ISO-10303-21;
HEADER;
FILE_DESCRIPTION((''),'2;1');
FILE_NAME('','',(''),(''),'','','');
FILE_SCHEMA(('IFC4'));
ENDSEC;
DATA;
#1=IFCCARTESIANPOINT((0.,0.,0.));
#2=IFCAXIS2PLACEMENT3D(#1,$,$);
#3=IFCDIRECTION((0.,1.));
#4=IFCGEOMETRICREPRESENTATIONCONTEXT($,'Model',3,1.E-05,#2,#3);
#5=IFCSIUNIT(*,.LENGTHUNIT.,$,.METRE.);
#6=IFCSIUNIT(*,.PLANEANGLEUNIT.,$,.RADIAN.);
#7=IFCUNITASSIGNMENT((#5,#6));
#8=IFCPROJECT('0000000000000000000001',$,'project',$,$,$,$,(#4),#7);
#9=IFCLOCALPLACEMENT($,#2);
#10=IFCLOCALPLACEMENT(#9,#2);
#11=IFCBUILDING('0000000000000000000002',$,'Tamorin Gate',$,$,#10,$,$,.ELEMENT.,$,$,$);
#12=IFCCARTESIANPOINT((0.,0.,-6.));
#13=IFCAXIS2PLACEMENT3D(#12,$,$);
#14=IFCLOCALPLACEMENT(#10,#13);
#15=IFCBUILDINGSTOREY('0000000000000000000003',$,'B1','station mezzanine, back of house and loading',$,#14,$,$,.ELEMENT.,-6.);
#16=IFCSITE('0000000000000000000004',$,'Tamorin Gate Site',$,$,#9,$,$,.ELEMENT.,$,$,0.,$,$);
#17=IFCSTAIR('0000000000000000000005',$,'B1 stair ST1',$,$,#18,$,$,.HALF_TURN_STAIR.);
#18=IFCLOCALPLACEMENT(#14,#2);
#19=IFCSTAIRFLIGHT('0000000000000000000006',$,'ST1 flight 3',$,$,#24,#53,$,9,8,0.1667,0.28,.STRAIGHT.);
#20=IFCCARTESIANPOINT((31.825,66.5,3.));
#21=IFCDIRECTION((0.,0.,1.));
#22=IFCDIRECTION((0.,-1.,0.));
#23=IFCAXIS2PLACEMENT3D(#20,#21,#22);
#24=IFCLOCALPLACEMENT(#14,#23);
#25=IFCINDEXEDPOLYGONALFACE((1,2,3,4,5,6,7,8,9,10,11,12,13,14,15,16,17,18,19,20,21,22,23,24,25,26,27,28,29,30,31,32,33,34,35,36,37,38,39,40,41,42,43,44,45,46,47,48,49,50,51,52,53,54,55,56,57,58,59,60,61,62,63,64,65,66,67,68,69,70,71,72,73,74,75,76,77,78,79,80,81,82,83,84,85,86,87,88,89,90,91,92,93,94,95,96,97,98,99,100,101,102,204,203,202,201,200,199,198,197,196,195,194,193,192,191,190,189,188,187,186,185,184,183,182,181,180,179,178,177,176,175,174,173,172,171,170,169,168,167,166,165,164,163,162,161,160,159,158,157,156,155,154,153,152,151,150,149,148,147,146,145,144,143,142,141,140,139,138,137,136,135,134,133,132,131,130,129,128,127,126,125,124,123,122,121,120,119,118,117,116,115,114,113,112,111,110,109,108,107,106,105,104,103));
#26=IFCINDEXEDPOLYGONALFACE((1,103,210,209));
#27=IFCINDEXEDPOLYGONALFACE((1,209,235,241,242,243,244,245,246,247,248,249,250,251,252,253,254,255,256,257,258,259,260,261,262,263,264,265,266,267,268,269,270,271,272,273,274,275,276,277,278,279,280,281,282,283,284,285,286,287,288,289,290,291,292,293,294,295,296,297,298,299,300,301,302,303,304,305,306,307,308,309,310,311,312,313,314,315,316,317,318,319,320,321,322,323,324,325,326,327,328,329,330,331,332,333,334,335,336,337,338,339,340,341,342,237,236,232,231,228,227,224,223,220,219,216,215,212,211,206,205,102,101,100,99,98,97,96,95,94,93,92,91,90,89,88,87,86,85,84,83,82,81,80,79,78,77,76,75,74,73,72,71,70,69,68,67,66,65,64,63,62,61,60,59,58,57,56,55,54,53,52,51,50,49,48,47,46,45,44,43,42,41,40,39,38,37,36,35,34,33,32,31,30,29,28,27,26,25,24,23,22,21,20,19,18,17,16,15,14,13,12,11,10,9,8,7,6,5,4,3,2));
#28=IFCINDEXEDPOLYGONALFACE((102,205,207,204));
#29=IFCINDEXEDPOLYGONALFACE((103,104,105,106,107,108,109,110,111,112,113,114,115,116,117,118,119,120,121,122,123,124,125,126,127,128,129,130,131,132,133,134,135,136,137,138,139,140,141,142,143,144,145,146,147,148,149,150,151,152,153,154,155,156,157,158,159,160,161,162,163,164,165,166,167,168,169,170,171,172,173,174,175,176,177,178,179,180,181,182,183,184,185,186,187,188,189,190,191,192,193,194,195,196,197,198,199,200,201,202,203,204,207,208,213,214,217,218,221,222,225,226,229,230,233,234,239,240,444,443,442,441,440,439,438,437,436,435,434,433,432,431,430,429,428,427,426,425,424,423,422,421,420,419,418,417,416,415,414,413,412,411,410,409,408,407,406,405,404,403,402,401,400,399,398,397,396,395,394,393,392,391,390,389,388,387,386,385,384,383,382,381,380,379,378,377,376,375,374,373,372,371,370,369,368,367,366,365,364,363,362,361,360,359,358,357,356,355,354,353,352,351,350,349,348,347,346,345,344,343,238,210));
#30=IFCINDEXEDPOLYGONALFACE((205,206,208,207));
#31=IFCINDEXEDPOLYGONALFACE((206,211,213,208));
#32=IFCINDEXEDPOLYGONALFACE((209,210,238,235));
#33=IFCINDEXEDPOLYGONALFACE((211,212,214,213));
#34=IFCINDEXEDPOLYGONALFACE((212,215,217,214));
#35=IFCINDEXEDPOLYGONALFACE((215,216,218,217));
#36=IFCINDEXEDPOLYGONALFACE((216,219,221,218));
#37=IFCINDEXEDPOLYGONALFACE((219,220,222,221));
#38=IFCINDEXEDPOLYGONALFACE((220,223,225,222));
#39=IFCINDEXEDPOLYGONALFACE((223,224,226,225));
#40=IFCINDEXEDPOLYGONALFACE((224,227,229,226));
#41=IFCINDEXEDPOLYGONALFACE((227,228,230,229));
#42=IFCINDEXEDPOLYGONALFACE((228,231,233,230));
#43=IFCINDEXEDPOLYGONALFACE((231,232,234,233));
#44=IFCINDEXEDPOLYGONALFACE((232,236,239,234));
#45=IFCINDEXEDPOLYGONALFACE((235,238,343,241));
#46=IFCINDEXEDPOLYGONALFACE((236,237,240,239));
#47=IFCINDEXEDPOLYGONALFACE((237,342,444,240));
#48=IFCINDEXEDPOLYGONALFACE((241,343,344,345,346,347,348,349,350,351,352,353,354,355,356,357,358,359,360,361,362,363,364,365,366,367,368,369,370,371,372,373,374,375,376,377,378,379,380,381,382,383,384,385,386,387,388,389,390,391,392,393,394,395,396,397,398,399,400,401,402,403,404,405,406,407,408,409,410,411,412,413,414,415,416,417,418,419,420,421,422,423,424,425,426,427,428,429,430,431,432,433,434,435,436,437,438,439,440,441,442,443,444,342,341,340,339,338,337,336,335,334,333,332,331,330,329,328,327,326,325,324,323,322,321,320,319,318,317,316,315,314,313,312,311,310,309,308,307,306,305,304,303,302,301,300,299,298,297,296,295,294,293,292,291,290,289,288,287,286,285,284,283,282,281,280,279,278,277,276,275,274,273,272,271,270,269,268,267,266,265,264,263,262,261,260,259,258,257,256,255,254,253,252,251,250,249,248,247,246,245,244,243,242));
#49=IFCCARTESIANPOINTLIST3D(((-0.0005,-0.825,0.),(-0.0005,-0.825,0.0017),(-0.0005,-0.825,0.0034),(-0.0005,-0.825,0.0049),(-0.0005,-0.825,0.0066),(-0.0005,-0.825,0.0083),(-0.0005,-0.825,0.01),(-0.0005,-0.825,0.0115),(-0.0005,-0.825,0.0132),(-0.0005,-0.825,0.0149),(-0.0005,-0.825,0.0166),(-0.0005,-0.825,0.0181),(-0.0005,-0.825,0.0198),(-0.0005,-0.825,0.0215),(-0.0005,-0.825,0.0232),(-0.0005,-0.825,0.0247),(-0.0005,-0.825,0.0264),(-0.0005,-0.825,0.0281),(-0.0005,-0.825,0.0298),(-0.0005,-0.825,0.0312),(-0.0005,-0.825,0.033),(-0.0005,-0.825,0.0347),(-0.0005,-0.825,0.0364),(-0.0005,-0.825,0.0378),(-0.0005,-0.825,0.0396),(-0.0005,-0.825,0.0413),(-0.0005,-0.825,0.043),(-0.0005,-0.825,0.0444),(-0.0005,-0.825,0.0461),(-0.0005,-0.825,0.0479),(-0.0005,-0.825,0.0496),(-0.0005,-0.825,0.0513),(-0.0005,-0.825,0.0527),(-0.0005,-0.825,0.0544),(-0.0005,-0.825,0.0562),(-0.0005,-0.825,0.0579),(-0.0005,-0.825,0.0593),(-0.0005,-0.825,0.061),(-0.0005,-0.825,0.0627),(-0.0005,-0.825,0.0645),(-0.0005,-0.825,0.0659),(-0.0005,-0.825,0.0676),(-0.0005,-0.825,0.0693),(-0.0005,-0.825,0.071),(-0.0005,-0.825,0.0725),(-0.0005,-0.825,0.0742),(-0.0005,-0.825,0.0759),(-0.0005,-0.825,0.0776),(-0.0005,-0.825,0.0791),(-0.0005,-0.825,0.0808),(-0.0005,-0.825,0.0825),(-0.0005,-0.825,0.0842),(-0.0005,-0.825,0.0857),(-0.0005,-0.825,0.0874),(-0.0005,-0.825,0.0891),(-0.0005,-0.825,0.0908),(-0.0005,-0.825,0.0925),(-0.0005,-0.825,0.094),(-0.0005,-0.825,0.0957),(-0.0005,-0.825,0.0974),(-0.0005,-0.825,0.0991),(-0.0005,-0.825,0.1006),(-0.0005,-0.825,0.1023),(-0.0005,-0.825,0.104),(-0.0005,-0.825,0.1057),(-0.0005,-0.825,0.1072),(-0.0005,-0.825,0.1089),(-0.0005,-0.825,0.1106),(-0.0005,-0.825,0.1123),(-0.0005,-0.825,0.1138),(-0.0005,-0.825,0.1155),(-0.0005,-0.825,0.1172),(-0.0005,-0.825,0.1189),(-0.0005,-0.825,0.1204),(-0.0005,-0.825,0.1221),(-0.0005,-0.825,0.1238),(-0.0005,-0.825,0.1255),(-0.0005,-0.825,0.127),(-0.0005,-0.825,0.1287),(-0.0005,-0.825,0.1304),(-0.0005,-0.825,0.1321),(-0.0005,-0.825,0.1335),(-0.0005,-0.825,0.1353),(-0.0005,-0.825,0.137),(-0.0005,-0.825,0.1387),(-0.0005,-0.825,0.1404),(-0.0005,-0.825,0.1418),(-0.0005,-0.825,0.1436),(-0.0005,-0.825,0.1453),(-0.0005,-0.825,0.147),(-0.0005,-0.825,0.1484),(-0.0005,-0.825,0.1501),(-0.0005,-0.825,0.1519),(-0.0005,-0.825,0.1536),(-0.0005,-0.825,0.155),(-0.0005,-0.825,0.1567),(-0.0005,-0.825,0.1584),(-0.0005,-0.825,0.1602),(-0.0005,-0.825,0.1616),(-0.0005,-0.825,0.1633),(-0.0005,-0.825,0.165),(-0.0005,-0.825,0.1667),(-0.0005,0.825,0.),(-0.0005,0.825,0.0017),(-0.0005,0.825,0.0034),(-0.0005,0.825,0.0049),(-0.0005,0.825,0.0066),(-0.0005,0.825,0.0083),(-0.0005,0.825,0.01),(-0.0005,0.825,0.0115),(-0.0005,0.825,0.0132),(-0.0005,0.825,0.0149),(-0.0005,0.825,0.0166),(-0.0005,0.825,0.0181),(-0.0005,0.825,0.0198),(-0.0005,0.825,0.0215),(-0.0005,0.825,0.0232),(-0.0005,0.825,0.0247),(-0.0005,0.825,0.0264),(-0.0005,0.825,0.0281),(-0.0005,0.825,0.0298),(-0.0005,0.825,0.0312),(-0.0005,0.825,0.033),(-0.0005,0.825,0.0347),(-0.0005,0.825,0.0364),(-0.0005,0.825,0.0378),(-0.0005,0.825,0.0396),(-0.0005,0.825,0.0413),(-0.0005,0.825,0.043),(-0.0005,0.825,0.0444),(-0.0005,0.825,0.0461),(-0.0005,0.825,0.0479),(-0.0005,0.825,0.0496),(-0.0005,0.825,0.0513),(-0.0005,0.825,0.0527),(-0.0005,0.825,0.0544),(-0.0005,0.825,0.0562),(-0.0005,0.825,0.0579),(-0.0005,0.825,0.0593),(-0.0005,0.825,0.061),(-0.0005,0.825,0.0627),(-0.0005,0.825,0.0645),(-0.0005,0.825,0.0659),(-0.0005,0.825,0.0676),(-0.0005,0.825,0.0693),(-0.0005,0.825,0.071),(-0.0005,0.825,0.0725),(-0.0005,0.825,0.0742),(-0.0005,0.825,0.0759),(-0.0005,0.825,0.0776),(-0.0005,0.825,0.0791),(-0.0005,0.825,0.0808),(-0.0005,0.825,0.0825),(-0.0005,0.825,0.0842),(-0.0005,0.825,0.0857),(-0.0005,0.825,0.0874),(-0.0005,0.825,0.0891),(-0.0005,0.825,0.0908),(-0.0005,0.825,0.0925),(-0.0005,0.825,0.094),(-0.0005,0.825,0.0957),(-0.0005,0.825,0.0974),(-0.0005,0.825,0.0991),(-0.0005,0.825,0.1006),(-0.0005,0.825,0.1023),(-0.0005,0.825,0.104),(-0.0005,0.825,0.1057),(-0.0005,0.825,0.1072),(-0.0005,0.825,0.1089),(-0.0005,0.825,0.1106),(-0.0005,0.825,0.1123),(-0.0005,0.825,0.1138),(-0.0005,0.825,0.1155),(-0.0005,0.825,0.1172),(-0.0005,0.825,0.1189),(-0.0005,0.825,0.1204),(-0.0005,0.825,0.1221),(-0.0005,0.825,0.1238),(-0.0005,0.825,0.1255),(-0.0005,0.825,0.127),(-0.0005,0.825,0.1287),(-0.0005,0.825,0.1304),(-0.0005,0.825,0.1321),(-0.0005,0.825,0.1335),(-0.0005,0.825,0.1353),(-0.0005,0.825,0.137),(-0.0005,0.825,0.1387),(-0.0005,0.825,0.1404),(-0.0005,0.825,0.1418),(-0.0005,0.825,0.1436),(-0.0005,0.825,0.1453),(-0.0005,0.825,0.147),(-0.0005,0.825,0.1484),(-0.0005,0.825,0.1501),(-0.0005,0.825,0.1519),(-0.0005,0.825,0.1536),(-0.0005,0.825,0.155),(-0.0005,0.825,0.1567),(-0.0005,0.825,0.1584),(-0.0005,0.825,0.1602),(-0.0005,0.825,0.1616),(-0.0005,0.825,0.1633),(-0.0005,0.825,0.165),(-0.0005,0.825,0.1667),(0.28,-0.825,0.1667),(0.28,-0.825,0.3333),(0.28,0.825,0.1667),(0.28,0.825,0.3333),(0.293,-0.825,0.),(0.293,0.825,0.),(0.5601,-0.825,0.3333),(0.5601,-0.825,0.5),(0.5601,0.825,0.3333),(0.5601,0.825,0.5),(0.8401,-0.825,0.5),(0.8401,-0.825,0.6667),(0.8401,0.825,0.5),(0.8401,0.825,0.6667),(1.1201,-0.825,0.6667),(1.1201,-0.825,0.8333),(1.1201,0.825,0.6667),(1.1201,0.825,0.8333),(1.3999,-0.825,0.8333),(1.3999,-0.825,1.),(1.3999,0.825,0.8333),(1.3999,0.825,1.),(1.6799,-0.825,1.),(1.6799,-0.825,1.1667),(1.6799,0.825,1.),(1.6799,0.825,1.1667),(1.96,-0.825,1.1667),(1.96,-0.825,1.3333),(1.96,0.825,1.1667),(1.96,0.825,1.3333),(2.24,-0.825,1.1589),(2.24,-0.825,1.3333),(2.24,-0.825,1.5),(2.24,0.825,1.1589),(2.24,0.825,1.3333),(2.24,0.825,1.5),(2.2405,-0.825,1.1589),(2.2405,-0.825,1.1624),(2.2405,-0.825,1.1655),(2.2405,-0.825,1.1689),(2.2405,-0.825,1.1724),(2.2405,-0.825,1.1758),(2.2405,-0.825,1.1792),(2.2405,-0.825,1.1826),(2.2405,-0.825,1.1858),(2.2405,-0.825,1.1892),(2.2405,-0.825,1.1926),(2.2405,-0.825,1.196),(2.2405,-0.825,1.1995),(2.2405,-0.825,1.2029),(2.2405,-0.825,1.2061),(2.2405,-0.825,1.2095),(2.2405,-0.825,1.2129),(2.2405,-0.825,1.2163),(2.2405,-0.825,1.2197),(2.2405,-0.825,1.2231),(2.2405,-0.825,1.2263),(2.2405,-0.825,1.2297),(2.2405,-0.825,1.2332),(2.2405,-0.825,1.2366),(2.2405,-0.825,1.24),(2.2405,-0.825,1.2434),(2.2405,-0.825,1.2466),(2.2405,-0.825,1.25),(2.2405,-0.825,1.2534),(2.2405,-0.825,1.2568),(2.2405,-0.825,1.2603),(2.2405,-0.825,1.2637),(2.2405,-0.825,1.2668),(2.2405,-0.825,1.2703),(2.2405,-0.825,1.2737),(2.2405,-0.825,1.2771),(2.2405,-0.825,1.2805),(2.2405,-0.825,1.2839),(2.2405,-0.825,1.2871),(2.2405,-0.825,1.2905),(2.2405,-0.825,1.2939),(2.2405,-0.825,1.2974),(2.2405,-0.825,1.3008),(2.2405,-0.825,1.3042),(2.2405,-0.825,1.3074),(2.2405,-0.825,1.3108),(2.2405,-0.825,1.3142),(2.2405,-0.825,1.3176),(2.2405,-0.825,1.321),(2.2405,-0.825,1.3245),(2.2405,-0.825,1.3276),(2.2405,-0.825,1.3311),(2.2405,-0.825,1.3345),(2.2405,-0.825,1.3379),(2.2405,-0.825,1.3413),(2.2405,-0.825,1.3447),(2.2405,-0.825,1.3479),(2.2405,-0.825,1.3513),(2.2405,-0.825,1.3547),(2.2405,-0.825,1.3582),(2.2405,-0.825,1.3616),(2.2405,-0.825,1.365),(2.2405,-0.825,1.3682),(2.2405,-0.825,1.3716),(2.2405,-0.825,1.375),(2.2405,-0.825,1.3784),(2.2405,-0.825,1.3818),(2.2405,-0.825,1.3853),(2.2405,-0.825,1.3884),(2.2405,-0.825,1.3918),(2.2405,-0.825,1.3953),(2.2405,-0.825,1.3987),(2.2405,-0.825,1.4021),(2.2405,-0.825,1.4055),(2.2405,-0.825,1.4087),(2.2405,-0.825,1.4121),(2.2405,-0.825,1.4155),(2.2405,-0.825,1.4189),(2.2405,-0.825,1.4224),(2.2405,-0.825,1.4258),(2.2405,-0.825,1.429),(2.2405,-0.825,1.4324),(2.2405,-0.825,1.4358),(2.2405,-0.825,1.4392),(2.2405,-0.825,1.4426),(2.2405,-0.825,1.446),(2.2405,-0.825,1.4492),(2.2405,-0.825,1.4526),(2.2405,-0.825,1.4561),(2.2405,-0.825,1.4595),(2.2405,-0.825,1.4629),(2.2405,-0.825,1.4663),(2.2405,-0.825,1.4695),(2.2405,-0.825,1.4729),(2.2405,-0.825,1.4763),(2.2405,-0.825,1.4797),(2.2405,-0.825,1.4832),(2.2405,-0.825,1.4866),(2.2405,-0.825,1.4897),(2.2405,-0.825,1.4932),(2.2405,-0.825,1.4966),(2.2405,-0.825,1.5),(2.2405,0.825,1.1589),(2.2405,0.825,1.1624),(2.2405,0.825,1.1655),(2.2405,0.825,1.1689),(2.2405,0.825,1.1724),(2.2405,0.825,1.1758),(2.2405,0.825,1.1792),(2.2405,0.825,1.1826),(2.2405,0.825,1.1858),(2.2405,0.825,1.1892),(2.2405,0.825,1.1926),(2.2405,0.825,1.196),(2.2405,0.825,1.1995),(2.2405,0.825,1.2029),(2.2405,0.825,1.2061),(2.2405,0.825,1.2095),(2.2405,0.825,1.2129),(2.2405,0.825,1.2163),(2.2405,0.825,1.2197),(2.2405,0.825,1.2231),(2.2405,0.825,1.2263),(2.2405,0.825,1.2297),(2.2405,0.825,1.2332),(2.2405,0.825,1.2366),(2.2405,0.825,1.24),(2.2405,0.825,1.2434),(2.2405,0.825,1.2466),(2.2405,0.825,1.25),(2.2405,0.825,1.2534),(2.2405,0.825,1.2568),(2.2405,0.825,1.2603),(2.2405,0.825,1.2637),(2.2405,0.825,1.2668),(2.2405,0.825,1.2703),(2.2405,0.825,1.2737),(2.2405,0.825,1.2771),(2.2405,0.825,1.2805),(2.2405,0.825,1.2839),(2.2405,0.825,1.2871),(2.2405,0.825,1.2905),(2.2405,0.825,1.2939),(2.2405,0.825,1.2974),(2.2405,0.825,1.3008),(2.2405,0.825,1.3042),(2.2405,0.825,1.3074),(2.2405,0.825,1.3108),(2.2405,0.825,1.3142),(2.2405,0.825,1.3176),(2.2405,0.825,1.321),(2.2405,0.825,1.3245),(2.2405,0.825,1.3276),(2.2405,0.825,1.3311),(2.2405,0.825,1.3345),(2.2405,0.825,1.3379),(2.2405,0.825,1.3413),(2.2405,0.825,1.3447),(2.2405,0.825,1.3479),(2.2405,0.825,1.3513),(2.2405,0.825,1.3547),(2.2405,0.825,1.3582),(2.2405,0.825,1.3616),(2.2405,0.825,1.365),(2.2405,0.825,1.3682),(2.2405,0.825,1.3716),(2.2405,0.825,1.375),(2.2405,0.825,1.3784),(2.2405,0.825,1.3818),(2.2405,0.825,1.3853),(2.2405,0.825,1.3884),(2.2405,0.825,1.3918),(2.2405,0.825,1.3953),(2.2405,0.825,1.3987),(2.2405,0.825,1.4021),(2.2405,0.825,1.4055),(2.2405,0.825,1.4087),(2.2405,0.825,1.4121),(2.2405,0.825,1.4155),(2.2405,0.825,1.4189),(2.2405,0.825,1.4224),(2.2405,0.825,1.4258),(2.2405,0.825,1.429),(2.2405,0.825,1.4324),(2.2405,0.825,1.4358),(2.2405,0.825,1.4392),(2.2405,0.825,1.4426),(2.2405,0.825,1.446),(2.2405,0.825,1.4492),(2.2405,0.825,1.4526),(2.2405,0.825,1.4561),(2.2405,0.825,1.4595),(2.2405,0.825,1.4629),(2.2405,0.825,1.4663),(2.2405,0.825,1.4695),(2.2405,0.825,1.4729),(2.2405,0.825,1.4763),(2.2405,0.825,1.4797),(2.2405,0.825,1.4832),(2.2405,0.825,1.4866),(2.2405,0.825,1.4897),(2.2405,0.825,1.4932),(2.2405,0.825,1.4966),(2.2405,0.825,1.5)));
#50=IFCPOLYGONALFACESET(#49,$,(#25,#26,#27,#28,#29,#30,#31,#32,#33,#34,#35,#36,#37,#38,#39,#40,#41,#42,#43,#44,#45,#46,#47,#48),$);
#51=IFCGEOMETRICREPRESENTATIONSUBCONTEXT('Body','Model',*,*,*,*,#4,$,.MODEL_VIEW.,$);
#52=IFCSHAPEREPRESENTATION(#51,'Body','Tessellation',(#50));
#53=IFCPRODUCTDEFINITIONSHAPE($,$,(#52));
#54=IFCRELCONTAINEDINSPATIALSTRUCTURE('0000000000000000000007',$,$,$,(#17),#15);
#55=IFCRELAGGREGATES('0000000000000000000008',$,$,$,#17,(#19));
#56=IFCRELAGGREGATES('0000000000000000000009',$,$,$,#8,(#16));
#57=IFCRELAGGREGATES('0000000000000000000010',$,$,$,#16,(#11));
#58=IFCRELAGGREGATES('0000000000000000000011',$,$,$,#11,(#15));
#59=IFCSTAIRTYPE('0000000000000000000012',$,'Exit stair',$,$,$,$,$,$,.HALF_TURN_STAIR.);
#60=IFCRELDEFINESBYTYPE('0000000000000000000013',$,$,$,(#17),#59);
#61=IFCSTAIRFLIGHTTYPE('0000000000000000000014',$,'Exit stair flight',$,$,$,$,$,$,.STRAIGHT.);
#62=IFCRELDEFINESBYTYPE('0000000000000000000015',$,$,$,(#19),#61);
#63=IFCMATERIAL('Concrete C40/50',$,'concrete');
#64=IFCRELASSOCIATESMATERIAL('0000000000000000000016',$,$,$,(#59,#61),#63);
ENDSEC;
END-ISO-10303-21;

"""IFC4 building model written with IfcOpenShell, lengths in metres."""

from ifc_helpers import new_model, si_unit, direction, frame, origin, place, context, subcontext, project, spatial, polyline, outline, extrude, material, type_object, element, aggregate, save


model = new_model("IFC4")

# Units and contexts
model_context = context("Model", 3, precision=1e-05, world=origin(), true_north=direction((0.0, 1.0)))
body_context = subcontext(model_context, "Body", "Model", "MODEL_VIEW")
ifc_project = project(units=[si_unit("LENGTHUNIT", "METRE"), si_unit("PLANEANGLEUNIT", "RADIAN")], contexts=[model_context])

# Site, building, storey
site_placement = place(None, origin())
site = spatial("IfcSite", under=ifc_project, at=site_placement, Name="Tamorin Gate Site", CompositionType="ELEMENT", RefElevation=0.0)
building_placement = place(site_placement, origin())
building = spatial("IfcBuilding", under=site, at=building_placement, Name="Tamorin Gate", CompositionType="ELEMENT")
storey_placement = place(building_placement, frame((0.0, 0.0, -6.0)))
storey = spatial("IfcBuildingStorey", under=building, at=storey_placement, Name="B1", Description="station mezzanine, back of house and loading", CompositionType="ELEMENT", Elevation=-6.0)

# Shared definitions
ifc_material_1 = material(Name="Concrete C40/50", Category="concrete")

# Stair, stair flight
stair_type = type_object("IfcStairType", Name="Exit stair", PredefinedType="HALF_TURN_STAIR", material=ifc_material_1)
stair_placement = place(storey_placement, origin())
stair = element("IfcStair", 1, at=stair_placement, inside=storey, type_object=stair_type, Name="B1 stair ST1", PredefinedType="HALF_TURN_STAIR")
stair_flight_type = type_object("IfcStairFlightType", Name="Exit stair flight", PredefinedType="STRAIGHT", material=ifc_material_1)
stair_flight_1_placement = place(storey_placement, frame((31.825, 66.5, 3.0), z_axis=(0.0, 0.0, 1.0), x_axis=(0.0, -1.0, 0.0)))
stair_flight_1 = element("IfcStairFlight", 2, at=stair_flight_1_placement, type_object=stair_flight_type, Name="ST1 flight 3", NumberOfRisers=9, NumberOfTreads=8, PredefinedType="STRAIGHT", RiserHeight=0.1667, TreadLength=0.28, context=body_context, shape_type="SweptSolid", body=[
    extrude(outline(polyline([(-0.0005, 0.0), (-0.0005, 0.0017), (-0.0005, 0.0034), (-0.0005, 0.0049), (-0.0005, 0.0066), (-0.0005, 0.0083), (-0.0005, 0.01), (-0.0005, 0.0115), (-0.0005, 0.0132), (-0.0005, 0.0149), (-0.0005, 0.0166), (-0.0005, 0.0181), (-0.0005, 0.0198), (-0.0005, 0.0215), (-0.0005, 0.0232), (-0.0005, 0.0247), (-0.0005, 0.0264), (-0.0005, 0.0281), (-0.0005, 0.0298), (-0.0005, 0.0312), (-0.0005, 0.033), (-0.0005, 0.0347), (-0.0005, 0.0364), (-0.0005, 0.0378), (-0.0005, 0.0396), (-0.0005, 0.0413), (-0.0005, 0.043), (-0.0005, 0.0444), (-0.0005, 0.0461), (-0.0005, 0.0479), (-0.0005, 0.0496), (-0.0005, 0.0513), (-0.0005, 0.0527), (-0.0005, 0.0544), (-0.0005, 0.0562), (-0.0005, 0.0579), (-0.0005, 0.0593), (-0.0005, 0.061), (-0.0005, 0.0627), (-0.0005, 0.0645), (-0.0005, 0.0659), (-0.0005, 0.0676), (-0.0005, 0.0693), (-0.0005, 0.071), (-0.0005, 0.0725), (-0.0005, 0.0742), (-0.0005, 0.0759), (-0.0005, 0.0776), (-0.0005, 0.0791), (-0.0005, 0.0808), (-0.0005, 0.0825), (-0.0005, 0.0842), (-0.0005, 0.0857), (-0.0005, 0.0874), (-0.0005, 0.0891), (-0.0005, 0.0908), (-0.0005, 0.0925), (-0.0005, 0.094), (-0.0005, 0.0957), (-0.0005, 0.0974), (-0.0005, 0.0991), (-0.0005, 0.1006), (-0.0005, 0.1023), (-0.0005, 0.104), (-0.0005, 0.1057), (-0.0005, 0.1072), (-0.0005, 0.1089), (-0.0005, 0.1106), (-0.0005, 0.1123), (-0.0005, 0.1138), (-0.0005, 0.1155), (-0.0005, 0.1172), (-0.0005, 0.1189), (-0.0005, 0.1204), (-0.0005, 0.1221), (-0.0005, 0.1238), (-0.0005, 0.1255), (-0.0005, 0.127), (-0.0005, 0.1287), (-0.0005, 0.1304), (-0.0005, 0.1321), (-0.0005, 0.1335), (-0.0005, 0.1353), (-0.0005, 0.137), (-0.0005, 0.1387), (-0.0005, 0.1404), (-0.0005, 0.1418), (-0.0005, 0.1436), (-0.0005, 0.1453), (-0.0005, 0.147), (-0.0005, 0.1484), (-0.0005, 0.1501), (-0.0005, 0.1519), (-0.0005, 0.1536), (-0.0005, 0.155), (-0.0005, 0.1567), (-0.0005, 0.1584), (-0.0005, 0.1602), (-0.0005, 0.1616), (-0.0005, 0.1633), (-0.0005, 0.165), (-0.0005, 0.1667), (0.28, 0.1667), (0.28, 0.3333), (0.5601, 0.3333), (0.5601, 0.5), (0.8401, 0.5), (0.8401, 0.6667), (1.1201, 0.6667), (1.1201, 0.8333), (1.3999, 0.8333), (1.3999, 1.0), (1.6799, 1.0), (1.6799, 1.1667), (1.96, 1.1667), (1.96, 1.3333), (2.24, 1.3333), (2.24, 1.5), (2.2405, 1.5), (2.2405, 1.4966), (2.2405, 1.4932), (2.2405, 1.4897), (2.2405, 1.4866), (2.2405, 1.4832), (2.2405, 1.4797), (2.2405, 1.4763), (2.2405, 1.4729), (2.2405, 1.4695), (2.2405, 1.4663), (2.2405, 1.4629), (2.2405, 1.4595), (2.2405, 1.4561), (2.2405, 1.4526), (2.2405, 1.4492), (2.2405, 1.446), (2.2405, 1.4426), (2.2405, 1.4392), (2.2405, 1.4358), (2.2405, 1.4324), (2.2405, 1.429), (2.2405, 1.4258), (2.2405, 1.4224), (2.2405, 1.4189), (2.2405, 1.4155), (2.2405, 1.4121), (2.2405, 1.4087), (2.2405, 1.4055), (2.2405, 1.4021), (2.2405, 1.3987), (2.2405, 1.3953), (2.2405, 1.3918), (2.2405, 1.3884), (2.2405, 1.3853), (2.2405, 1.3818), (2.2405, 1.3784), (2.2405, 1.375), (2.2405, 1.3716), (2.2405, 1.3682), (2.2405, 1.365), (2.2405, 1.3616), (2.2405, 1.3582), (2.2405, 1.3547), (2.2405, 1.3513), (2.2405, 1.3479), (2.2405, 1.3447), (2.2405, 1.3413), (2.2405, 1.3379), (2.2405, 1.3345), (2.2405, 1.3311), (2.2405, 1.3276), (2.2405, 1.3245), (2.2405, 1.321), (2.2405, 1.3176), (2.2405, 1.3142), (2.2405, 1.3108), (2.2405, 1.3074), (2.2405, 1.3042), (2.2405, 1.3008), (2.2405, 1.2974), (2.2405, 1.2939), (2.2405, 1.2905), (2.2405, 1.2871), (2.2405, 1.2839), (2.2405, 1.2805), (2.2405, 1.2771), (2.2405, 1.2737), (2.2405, 1.2703), (2.2405, 1.2668), (2.2405, 1.2637), (2.2405, 1.2603), (2.2405, 1.2568), (2.2405, 1.2534), (2.2405, 1.25), (2.2405, 1.2466), (2.2405, 1.2434), (2.2405, 1.24), (2.2405, 1.2366), (2.2405, 1.2332), (2.2405, 1.2297), (2.2405, 1.2263), (2.2405, 1.2231), (2.2405, 1.2197), (2.2405, 1.2163), (2.2405, 1.2129), (2.2405, 1.2095), (2.2405, 1.2061), (2.2405, 1.2029), (2.2405, 1.1995), (2.2405, 1.196), (2.2405, 1.1926), (2.2405, 1.1892), (2.2405, 1.1858), (2.2405, 1.1826), (2.2405, 1.1792), (2.2405, 1.1758), (2.2405, 1.1724), (2.2405, 1.1689), (2.2405, 1.1655), (2.2405, 1.1624), (2.2405, 1.1589), (2.24, 1.1589), (0.293, 0.0), (-0.0005, 0.0)])), frame((0.0, 0.825, 0.0), z_axis=(0.0, -1.0, 0.0), x_axis=(1.0, 0.0, 0.0)), (0.0, 0.0, 1.0), 1.6499),
])
aggregate(stair, [stair_flight_1])

save(model, "model.ifc")
